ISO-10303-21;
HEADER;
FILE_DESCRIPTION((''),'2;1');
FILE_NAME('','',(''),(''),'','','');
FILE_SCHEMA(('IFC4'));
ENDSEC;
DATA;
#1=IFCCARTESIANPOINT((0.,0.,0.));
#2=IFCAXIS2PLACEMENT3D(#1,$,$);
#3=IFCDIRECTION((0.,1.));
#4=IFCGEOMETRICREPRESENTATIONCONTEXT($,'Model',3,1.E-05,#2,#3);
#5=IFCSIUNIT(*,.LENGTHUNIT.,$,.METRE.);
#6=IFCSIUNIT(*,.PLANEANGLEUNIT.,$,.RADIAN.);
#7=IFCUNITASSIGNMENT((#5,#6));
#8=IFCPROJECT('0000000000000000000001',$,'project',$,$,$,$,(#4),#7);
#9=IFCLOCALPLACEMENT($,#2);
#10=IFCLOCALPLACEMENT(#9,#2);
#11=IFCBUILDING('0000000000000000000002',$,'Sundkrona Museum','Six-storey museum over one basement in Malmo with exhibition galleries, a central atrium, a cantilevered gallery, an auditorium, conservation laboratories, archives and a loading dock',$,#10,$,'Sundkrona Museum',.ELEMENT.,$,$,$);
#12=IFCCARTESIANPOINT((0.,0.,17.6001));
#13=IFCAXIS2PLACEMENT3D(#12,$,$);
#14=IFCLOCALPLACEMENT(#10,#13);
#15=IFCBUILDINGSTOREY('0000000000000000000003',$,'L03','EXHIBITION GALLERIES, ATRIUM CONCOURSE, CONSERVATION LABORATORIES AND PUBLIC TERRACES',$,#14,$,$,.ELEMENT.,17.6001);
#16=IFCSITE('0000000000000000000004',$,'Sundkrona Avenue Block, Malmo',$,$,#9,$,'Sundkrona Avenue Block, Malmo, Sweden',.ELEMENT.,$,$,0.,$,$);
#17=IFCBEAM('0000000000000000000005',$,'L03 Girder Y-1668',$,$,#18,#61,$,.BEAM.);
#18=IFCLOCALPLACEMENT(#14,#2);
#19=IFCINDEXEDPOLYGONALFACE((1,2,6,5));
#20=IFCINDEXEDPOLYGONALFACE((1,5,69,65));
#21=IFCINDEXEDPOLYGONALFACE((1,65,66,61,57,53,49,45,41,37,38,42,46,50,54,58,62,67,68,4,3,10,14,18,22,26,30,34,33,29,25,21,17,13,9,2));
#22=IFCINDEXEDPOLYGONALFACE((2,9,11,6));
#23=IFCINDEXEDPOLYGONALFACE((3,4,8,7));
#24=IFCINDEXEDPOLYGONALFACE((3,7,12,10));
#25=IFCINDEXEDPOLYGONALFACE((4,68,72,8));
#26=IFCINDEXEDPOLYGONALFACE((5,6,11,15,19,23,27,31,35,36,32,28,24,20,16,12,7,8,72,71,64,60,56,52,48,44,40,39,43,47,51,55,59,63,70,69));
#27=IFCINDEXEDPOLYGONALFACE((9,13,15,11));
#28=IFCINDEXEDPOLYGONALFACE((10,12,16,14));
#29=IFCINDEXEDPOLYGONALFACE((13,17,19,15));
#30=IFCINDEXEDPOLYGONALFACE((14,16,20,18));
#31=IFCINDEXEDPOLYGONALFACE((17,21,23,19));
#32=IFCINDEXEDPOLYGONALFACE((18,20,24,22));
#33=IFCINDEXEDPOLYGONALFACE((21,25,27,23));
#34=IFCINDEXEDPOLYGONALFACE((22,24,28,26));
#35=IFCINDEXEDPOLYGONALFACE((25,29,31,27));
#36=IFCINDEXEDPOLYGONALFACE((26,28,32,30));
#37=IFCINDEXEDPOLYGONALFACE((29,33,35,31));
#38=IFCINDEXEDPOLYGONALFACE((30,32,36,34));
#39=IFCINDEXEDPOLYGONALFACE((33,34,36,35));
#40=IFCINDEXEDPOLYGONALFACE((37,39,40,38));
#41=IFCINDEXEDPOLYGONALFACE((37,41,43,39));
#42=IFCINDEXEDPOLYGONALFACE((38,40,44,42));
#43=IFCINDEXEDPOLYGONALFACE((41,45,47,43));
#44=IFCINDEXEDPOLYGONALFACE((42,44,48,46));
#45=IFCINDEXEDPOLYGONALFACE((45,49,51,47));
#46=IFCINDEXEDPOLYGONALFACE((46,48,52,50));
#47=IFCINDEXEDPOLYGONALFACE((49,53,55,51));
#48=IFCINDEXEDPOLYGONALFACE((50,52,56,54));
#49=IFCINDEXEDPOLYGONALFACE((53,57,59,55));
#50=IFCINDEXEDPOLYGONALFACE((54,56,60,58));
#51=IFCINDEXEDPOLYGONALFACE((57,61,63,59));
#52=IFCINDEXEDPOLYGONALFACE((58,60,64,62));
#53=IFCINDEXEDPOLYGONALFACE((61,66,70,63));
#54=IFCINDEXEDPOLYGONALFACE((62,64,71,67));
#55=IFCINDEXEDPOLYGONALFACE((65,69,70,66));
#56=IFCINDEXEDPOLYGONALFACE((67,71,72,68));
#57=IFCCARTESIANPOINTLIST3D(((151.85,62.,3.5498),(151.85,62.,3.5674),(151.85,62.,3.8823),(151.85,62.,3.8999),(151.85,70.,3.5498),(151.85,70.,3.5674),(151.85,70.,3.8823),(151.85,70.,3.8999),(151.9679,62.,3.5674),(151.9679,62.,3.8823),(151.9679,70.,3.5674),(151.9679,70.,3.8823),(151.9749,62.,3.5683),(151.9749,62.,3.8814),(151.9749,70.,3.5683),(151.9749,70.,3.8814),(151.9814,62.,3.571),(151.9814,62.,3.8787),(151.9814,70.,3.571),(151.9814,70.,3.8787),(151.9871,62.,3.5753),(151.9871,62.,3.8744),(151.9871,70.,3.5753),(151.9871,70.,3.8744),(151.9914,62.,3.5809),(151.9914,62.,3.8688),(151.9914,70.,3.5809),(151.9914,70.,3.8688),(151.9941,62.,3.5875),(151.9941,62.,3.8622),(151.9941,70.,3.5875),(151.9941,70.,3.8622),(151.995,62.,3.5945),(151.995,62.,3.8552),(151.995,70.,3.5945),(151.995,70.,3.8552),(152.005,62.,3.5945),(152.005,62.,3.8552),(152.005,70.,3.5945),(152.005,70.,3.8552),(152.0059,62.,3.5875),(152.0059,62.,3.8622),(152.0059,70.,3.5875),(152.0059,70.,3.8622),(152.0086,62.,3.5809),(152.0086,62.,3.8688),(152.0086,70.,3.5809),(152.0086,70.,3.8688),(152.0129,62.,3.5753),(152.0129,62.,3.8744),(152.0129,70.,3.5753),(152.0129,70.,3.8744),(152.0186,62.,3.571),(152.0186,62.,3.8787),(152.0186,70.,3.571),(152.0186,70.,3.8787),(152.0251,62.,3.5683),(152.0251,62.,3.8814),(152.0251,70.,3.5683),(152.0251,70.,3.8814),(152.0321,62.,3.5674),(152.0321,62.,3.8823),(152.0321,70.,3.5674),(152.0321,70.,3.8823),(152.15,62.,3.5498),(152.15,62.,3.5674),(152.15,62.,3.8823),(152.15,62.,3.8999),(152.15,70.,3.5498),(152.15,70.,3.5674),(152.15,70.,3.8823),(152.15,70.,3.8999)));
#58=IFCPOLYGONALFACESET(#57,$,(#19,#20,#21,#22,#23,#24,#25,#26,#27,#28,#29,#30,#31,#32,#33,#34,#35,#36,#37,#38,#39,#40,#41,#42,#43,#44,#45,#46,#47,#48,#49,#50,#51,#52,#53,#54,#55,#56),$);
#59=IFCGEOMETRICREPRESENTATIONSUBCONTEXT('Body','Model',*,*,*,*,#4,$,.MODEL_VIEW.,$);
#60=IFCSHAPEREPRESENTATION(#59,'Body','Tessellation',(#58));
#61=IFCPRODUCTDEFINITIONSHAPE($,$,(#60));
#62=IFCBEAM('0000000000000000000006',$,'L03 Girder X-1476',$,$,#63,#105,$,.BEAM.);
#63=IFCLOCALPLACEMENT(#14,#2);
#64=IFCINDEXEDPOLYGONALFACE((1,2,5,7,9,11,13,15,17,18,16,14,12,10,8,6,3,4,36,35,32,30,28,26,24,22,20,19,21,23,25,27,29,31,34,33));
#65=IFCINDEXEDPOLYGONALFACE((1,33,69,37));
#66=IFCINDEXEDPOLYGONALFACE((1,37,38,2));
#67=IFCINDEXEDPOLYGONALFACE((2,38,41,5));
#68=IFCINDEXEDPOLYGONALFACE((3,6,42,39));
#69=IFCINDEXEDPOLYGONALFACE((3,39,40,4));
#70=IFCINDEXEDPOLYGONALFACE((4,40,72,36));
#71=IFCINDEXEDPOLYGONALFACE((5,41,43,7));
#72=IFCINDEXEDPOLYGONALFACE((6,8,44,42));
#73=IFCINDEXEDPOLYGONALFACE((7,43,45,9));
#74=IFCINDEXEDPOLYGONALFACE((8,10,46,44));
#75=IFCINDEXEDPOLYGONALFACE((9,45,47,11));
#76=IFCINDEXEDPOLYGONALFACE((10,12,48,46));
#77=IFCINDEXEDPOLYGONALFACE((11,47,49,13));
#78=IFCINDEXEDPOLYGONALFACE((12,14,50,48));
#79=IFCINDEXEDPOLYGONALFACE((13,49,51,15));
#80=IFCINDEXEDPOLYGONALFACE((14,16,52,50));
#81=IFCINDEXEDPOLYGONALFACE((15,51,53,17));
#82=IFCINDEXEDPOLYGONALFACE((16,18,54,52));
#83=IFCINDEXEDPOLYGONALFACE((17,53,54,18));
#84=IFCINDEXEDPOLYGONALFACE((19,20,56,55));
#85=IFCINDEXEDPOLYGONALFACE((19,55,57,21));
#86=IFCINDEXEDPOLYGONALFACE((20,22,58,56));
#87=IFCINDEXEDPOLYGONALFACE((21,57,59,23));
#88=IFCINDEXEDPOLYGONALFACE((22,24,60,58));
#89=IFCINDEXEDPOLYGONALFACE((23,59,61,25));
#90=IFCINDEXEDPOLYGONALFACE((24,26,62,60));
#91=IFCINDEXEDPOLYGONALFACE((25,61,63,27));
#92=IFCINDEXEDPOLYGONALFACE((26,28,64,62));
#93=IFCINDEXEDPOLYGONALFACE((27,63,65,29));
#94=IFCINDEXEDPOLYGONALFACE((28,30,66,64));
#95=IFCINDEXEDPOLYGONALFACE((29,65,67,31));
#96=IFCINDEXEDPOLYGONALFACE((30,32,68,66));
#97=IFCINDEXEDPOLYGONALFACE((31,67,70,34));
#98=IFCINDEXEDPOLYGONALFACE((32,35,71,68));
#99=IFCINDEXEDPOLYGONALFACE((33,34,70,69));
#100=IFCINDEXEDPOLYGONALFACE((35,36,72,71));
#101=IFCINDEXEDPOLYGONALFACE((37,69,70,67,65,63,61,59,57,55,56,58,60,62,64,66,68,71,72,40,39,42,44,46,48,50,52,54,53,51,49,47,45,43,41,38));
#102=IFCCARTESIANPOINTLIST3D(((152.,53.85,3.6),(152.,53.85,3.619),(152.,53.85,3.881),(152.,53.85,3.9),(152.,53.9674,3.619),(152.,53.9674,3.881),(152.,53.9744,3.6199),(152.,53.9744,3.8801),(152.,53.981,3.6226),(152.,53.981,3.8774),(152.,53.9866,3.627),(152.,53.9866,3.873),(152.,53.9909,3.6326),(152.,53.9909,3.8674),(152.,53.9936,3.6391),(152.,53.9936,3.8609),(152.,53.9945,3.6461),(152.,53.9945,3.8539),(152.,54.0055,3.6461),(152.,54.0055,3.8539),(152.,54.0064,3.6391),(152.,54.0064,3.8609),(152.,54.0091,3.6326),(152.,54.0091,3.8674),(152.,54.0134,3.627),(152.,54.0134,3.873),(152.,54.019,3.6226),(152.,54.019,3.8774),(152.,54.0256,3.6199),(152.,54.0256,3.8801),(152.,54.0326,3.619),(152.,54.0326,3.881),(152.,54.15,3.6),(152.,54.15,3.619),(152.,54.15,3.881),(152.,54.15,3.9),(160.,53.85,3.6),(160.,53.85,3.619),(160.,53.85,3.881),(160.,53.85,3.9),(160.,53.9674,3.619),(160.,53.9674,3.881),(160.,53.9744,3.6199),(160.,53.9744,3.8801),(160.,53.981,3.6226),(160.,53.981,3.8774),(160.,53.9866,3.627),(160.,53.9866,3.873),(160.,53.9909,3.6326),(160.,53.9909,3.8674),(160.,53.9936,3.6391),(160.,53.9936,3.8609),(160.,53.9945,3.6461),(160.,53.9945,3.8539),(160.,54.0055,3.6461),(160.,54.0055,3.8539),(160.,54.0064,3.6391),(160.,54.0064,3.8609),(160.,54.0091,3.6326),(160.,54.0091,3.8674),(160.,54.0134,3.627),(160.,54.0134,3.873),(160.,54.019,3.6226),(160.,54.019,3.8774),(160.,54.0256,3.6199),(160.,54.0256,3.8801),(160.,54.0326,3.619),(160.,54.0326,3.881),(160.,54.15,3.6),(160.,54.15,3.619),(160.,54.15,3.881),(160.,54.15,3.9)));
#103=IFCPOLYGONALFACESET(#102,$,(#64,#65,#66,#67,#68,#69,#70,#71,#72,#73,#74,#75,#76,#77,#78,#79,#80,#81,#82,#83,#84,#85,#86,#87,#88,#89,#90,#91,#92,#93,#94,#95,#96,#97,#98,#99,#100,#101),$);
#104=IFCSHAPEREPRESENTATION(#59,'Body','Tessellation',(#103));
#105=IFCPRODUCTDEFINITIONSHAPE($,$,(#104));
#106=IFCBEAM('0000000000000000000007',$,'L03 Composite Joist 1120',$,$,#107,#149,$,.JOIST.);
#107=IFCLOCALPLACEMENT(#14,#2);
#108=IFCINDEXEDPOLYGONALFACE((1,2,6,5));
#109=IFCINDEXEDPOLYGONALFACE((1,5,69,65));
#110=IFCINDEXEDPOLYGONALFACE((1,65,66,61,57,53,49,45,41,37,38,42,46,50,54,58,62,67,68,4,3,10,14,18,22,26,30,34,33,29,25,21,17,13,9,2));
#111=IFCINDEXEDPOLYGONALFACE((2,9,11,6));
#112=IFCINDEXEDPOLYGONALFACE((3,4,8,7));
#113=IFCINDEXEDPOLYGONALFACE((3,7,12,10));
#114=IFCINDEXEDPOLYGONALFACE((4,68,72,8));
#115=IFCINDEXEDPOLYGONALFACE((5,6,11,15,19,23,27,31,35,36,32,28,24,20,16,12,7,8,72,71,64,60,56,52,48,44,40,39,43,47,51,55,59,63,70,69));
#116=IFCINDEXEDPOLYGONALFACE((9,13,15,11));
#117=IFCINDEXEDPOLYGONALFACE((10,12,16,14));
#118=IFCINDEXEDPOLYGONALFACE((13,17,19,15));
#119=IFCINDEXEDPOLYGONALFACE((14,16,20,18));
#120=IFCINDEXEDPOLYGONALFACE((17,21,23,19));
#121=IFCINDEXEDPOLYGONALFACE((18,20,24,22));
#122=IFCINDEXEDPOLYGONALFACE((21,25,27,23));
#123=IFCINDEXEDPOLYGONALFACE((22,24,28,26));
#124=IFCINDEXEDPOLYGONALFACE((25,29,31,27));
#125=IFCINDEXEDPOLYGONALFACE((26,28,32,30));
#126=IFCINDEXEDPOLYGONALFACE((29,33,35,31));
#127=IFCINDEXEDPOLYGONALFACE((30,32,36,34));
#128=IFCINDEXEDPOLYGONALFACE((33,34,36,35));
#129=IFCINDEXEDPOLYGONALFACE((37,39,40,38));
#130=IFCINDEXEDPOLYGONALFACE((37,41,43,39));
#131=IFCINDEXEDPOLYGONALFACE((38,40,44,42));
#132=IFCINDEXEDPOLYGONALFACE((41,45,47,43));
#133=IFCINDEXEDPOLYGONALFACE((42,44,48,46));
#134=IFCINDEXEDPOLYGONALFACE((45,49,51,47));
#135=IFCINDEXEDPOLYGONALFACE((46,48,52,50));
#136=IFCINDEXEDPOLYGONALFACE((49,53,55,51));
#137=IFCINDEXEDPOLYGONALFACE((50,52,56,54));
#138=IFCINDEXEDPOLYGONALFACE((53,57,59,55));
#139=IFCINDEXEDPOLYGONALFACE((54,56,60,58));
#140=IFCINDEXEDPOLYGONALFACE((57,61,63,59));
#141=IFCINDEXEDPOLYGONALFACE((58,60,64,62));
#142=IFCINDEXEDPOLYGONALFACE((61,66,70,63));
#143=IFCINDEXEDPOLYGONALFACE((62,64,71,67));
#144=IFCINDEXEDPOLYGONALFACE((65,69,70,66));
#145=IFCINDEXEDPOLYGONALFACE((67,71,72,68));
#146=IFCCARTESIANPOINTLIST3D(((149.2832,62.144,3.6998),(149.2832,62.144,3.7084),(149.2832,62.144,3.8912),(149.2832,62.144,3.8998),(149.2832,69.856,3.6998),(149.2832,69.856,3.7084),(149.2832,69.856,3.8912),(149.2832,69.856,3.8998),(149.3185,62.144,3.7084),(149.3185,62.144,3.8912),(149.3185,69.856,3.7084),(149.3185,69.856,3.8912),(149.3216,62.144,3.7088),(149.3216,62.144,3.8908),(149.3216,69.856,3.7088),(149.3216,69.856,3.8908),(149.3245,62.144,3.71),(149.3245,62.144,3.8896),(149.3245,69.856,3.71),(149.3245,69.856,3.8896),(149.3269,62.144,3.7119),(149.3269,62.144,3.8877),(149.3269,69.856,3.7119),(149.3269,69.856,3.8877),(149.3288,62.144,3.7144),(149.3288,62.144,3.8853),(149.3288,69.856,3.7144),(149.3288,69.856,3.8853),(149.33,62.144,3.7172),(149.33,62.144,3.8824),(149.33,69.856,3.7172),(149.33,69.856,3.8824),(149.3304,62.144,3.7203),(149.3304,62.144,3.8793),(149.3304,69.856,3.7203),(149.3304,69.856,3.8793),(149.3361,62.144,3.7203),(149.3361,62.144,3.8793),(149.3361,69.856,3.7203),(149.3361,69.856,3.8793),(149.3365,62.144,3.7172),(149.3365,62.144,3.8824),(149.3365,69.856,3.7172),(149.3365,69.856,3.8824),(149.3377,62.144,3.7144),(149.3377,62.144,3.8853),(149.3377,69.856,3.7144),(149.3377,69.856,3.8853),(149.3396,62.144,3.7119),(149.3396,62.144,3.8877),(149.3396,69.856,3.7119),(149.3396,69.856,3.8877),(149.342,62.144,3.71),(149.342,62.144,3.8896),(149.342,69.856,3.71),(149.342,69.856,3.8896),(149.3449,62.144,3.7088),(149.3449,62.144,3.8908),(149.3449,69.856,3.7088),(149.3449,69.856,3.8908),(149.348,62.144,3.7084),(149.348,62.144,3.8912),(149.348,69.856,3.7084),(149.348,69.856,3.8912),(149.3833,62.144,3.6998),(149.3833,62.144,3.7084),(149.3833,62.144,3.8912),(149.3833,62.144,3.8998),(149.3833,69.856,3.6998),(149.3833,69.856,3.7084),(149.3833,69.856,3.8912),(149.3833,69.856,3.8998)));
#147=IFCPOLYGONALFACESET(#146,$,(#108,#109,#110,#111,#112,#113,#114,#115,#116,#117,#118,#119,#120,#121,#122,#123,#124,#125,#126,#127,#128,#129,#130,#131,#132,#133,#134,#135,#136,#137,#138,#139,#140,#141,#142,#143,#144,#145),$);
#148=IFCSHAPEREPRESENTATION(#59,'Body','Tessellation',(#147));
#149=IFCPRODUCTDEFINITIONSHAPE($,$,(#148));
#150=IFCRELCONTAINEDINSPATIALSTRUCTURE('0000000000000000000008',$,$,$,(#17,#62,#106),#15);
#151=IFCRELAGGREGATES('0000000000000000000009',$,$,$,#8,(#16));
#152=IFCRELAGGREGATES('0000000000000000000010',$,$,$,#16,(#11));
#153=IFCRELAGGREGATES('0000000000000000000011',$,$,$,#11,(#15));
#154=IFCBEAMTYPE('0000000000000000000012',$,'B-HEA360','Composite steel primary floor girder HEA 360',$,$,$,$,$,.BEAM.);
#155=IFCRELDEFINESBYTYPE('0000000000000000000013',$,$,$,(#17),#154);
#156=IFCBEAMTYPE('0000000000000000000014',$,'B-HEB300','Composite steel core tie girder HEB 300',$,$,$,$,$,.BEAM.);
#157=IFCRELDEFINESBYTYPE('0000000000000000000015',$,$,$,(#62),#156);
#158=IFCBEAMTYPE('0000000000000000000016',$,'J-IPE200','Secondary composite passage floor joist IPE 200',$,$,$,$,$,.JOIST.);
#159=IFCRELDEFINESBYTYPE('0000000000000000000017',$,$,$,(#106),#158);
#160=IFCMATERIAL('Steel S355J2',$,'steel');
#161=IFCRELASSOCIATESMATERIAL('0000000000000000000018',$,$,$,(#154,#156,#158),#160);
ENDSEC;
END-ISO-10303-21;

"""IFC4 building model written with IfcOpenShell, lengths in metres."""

from ifc_helpers import new_model, si_unit, direction, frame, origin, origin_2d, place, context, subcontext, project, spatial, i_section, extrude, material, material_profile, profile_set, type_object, element, save


model = new_model("IFC4")

# Units and contexts
model_context = context("Model", 3, precision=1e-05, world=origin(), true_north=direction((0.0, 1.0)))
body_context = subcontext(model_context, "Body", "Model", "MODEL_VIEW")
ifc_project = project(units=[si_unit("LENGTHUNIT", "METRE"), si_unit("PLANEANGLEUNIT", "RADIAN")], contexts=[model_context])

# Site, building, storey
site_placement = place(None, origin())
site = spatial("IfcSite", under=ifc_project, at=site_placement, Name="Sundkrona Avenue Block, Malmo", LongName="Sundkrona Avenue Block, Malmo, Sweden", CompositionType="ELEMENT", RefElevation=0.0)
building_placement = place(site_placement, origin())
building = spatial("IfcBuilding", under=site, at=building_placement, Name="Sundkrona Museum", Description="Six-storey museum over one basement in Malmo with exhibition galleries, a central atrium, a cantilevered gallery, an auditorium, conservation laboratories, archives and a loading dock", LongName="Sundkrona Museum", CompositionType="ELEMENT")
storey_placement = place(building_placement, frame((0.0, 0.0, 17.6001)))
storey = spatial("IfcBuildingStorey", under=building, at=storey_placement, Name="L03", Description="EXHIBITION GALLERIES, ATRIUM CONCOURSE, CONSERVATION LABORATORIES AND PUBLIC TERRACES", CompositionType="ELEMENT", Elevation=17.6001)

# Shared definitions
ifc_material_1 = material(Name="Steel S355J2", Category="steel")

# Beams
ifc_material_profile_1 = material_profile(ifc_material_1, i_section(OverallWidth=0.3, OverallDepth=0.3501, WebThickness=0.01, FlangeThickness=0.0176, FilletRadius=0.0271, at=origin_2d()), Name="HEA 360")
ifc_profile_set_1 = profile_set([ifc_material_profile_1], Name="Steel S355J2")
beam_type_1 = type_object("IfcBeamType", Name="B-HEA360", Description="Composite steel primary floor girder HEA 360", PredefinedType="BEAM", material=ifc_profile_set_1)
for number, where, z_axis, x_axis, name in (
    (1, (152.0, 62.0, 3.7249), (0.0, 1.0, 0.0), (-1.0, 0.0, 0.0), "L03 Girder Y-1668"),
):
    element("IfcBeam", number, at=place(storey_placement, frame(where, z_axis=z_axis, x_axis=x_axis)), inside=storey, type_object=beam_type_1, Name=name, PredefinedType="BEAM", context=body_context, shape_type="SweptSolid", body=[
        extrude(i_section(OverallWidth=0.3, OverallDepth=0.3501, WebThickness=0.01, FlangeThickness=0.0176, FilletRadius=0.0271, at=origin_2d()), origin(), (0.0, 0.0, 1.0), 8.0),
    ])
ifc_material_profile_2 = material_profile(ifc_material_1, i_section(OverallWidth=0.3, OverallDepth=0.3, WebThickness=0.011, FlangeThickness=0.019, FilletRadius=0.0271, at=origin_2d()), Name="HEB 300")
ifc_profile_set_2 = profile_set([ifc_material_profile_2], Name="Steel S355J2")
beam_type_2 = type_object("IfcBeamType", Name="B-HEB300", Description="Composite steel core tie girder HEB 300", PredefinedType="BEAM", material=ifc_profile_set_2)
beam_1_placement = place(storey_placement, frame((152.0, 54.0, 3.75), z_axis=(1.0, 0.0, 0.0), x_axis=(0.0, 1.0, 0.0)))
element("IfcBeam", 2, at=beam_1_placement, inside=storey, type_object=beam_type_2, Name="L03 Girder X-1476", PredefinedType="BEAM", context=body_context, shape_type="SweptSolid", body=[
    extrude(i_section(OverallWidth=0.3, OverallDepth=0.3, WebThickness=0.011, FlangeThickness=0.019, FilletRadius=0.0271, at=origin_2d()), origin(), (0.0, 0.0, 1.0), 8.0),
])
ifc_material_profile_3 = material_profile(ifc_material_1, i_section(OverallWidth=0.1001, OverallDepth=0.2, WebThickness=0.0056, FlangeThickness=0.0085, FilletRadius=0.012, at=origin_2d()), Name="IPE 200")
ifc_profile_set_3 = profile_set([ifc_material_profile_3], Name="Steel S355J2")
beam_type_3 = type_object("IfcBeamType", Name="J-IPE200", Description="Secondary composite passage floor joist IPE 200", PredefinedType="JOIST", material=ifc_profile_set_3)
beam_2_placement = place(storey_placement, frame((149.3333, 62.144, 3.7998), z_axis=(0.0, 1.0, 0.0), x_axis=(-1.0, 0.0, 0.0)))
element("IfcBeam", 3, at=beam_2_placement, inside=storey, type_object=beam_type_3, Name="L03 Composite Joist 1120", PredefinedType="JOIST", context=body_context, shape_type="SweptSolid", body=[
    extrude(i_section(OverallWidth=0.1001, OverallDepth=0.2, WebThickness=0.0056, FlangeThickness=0.0085, FilletRadius=0.012, at=origin_2d()), origin(), (0.0, 0.0, 1.0), 7.7119),
])

save(model, "model.ifc")
